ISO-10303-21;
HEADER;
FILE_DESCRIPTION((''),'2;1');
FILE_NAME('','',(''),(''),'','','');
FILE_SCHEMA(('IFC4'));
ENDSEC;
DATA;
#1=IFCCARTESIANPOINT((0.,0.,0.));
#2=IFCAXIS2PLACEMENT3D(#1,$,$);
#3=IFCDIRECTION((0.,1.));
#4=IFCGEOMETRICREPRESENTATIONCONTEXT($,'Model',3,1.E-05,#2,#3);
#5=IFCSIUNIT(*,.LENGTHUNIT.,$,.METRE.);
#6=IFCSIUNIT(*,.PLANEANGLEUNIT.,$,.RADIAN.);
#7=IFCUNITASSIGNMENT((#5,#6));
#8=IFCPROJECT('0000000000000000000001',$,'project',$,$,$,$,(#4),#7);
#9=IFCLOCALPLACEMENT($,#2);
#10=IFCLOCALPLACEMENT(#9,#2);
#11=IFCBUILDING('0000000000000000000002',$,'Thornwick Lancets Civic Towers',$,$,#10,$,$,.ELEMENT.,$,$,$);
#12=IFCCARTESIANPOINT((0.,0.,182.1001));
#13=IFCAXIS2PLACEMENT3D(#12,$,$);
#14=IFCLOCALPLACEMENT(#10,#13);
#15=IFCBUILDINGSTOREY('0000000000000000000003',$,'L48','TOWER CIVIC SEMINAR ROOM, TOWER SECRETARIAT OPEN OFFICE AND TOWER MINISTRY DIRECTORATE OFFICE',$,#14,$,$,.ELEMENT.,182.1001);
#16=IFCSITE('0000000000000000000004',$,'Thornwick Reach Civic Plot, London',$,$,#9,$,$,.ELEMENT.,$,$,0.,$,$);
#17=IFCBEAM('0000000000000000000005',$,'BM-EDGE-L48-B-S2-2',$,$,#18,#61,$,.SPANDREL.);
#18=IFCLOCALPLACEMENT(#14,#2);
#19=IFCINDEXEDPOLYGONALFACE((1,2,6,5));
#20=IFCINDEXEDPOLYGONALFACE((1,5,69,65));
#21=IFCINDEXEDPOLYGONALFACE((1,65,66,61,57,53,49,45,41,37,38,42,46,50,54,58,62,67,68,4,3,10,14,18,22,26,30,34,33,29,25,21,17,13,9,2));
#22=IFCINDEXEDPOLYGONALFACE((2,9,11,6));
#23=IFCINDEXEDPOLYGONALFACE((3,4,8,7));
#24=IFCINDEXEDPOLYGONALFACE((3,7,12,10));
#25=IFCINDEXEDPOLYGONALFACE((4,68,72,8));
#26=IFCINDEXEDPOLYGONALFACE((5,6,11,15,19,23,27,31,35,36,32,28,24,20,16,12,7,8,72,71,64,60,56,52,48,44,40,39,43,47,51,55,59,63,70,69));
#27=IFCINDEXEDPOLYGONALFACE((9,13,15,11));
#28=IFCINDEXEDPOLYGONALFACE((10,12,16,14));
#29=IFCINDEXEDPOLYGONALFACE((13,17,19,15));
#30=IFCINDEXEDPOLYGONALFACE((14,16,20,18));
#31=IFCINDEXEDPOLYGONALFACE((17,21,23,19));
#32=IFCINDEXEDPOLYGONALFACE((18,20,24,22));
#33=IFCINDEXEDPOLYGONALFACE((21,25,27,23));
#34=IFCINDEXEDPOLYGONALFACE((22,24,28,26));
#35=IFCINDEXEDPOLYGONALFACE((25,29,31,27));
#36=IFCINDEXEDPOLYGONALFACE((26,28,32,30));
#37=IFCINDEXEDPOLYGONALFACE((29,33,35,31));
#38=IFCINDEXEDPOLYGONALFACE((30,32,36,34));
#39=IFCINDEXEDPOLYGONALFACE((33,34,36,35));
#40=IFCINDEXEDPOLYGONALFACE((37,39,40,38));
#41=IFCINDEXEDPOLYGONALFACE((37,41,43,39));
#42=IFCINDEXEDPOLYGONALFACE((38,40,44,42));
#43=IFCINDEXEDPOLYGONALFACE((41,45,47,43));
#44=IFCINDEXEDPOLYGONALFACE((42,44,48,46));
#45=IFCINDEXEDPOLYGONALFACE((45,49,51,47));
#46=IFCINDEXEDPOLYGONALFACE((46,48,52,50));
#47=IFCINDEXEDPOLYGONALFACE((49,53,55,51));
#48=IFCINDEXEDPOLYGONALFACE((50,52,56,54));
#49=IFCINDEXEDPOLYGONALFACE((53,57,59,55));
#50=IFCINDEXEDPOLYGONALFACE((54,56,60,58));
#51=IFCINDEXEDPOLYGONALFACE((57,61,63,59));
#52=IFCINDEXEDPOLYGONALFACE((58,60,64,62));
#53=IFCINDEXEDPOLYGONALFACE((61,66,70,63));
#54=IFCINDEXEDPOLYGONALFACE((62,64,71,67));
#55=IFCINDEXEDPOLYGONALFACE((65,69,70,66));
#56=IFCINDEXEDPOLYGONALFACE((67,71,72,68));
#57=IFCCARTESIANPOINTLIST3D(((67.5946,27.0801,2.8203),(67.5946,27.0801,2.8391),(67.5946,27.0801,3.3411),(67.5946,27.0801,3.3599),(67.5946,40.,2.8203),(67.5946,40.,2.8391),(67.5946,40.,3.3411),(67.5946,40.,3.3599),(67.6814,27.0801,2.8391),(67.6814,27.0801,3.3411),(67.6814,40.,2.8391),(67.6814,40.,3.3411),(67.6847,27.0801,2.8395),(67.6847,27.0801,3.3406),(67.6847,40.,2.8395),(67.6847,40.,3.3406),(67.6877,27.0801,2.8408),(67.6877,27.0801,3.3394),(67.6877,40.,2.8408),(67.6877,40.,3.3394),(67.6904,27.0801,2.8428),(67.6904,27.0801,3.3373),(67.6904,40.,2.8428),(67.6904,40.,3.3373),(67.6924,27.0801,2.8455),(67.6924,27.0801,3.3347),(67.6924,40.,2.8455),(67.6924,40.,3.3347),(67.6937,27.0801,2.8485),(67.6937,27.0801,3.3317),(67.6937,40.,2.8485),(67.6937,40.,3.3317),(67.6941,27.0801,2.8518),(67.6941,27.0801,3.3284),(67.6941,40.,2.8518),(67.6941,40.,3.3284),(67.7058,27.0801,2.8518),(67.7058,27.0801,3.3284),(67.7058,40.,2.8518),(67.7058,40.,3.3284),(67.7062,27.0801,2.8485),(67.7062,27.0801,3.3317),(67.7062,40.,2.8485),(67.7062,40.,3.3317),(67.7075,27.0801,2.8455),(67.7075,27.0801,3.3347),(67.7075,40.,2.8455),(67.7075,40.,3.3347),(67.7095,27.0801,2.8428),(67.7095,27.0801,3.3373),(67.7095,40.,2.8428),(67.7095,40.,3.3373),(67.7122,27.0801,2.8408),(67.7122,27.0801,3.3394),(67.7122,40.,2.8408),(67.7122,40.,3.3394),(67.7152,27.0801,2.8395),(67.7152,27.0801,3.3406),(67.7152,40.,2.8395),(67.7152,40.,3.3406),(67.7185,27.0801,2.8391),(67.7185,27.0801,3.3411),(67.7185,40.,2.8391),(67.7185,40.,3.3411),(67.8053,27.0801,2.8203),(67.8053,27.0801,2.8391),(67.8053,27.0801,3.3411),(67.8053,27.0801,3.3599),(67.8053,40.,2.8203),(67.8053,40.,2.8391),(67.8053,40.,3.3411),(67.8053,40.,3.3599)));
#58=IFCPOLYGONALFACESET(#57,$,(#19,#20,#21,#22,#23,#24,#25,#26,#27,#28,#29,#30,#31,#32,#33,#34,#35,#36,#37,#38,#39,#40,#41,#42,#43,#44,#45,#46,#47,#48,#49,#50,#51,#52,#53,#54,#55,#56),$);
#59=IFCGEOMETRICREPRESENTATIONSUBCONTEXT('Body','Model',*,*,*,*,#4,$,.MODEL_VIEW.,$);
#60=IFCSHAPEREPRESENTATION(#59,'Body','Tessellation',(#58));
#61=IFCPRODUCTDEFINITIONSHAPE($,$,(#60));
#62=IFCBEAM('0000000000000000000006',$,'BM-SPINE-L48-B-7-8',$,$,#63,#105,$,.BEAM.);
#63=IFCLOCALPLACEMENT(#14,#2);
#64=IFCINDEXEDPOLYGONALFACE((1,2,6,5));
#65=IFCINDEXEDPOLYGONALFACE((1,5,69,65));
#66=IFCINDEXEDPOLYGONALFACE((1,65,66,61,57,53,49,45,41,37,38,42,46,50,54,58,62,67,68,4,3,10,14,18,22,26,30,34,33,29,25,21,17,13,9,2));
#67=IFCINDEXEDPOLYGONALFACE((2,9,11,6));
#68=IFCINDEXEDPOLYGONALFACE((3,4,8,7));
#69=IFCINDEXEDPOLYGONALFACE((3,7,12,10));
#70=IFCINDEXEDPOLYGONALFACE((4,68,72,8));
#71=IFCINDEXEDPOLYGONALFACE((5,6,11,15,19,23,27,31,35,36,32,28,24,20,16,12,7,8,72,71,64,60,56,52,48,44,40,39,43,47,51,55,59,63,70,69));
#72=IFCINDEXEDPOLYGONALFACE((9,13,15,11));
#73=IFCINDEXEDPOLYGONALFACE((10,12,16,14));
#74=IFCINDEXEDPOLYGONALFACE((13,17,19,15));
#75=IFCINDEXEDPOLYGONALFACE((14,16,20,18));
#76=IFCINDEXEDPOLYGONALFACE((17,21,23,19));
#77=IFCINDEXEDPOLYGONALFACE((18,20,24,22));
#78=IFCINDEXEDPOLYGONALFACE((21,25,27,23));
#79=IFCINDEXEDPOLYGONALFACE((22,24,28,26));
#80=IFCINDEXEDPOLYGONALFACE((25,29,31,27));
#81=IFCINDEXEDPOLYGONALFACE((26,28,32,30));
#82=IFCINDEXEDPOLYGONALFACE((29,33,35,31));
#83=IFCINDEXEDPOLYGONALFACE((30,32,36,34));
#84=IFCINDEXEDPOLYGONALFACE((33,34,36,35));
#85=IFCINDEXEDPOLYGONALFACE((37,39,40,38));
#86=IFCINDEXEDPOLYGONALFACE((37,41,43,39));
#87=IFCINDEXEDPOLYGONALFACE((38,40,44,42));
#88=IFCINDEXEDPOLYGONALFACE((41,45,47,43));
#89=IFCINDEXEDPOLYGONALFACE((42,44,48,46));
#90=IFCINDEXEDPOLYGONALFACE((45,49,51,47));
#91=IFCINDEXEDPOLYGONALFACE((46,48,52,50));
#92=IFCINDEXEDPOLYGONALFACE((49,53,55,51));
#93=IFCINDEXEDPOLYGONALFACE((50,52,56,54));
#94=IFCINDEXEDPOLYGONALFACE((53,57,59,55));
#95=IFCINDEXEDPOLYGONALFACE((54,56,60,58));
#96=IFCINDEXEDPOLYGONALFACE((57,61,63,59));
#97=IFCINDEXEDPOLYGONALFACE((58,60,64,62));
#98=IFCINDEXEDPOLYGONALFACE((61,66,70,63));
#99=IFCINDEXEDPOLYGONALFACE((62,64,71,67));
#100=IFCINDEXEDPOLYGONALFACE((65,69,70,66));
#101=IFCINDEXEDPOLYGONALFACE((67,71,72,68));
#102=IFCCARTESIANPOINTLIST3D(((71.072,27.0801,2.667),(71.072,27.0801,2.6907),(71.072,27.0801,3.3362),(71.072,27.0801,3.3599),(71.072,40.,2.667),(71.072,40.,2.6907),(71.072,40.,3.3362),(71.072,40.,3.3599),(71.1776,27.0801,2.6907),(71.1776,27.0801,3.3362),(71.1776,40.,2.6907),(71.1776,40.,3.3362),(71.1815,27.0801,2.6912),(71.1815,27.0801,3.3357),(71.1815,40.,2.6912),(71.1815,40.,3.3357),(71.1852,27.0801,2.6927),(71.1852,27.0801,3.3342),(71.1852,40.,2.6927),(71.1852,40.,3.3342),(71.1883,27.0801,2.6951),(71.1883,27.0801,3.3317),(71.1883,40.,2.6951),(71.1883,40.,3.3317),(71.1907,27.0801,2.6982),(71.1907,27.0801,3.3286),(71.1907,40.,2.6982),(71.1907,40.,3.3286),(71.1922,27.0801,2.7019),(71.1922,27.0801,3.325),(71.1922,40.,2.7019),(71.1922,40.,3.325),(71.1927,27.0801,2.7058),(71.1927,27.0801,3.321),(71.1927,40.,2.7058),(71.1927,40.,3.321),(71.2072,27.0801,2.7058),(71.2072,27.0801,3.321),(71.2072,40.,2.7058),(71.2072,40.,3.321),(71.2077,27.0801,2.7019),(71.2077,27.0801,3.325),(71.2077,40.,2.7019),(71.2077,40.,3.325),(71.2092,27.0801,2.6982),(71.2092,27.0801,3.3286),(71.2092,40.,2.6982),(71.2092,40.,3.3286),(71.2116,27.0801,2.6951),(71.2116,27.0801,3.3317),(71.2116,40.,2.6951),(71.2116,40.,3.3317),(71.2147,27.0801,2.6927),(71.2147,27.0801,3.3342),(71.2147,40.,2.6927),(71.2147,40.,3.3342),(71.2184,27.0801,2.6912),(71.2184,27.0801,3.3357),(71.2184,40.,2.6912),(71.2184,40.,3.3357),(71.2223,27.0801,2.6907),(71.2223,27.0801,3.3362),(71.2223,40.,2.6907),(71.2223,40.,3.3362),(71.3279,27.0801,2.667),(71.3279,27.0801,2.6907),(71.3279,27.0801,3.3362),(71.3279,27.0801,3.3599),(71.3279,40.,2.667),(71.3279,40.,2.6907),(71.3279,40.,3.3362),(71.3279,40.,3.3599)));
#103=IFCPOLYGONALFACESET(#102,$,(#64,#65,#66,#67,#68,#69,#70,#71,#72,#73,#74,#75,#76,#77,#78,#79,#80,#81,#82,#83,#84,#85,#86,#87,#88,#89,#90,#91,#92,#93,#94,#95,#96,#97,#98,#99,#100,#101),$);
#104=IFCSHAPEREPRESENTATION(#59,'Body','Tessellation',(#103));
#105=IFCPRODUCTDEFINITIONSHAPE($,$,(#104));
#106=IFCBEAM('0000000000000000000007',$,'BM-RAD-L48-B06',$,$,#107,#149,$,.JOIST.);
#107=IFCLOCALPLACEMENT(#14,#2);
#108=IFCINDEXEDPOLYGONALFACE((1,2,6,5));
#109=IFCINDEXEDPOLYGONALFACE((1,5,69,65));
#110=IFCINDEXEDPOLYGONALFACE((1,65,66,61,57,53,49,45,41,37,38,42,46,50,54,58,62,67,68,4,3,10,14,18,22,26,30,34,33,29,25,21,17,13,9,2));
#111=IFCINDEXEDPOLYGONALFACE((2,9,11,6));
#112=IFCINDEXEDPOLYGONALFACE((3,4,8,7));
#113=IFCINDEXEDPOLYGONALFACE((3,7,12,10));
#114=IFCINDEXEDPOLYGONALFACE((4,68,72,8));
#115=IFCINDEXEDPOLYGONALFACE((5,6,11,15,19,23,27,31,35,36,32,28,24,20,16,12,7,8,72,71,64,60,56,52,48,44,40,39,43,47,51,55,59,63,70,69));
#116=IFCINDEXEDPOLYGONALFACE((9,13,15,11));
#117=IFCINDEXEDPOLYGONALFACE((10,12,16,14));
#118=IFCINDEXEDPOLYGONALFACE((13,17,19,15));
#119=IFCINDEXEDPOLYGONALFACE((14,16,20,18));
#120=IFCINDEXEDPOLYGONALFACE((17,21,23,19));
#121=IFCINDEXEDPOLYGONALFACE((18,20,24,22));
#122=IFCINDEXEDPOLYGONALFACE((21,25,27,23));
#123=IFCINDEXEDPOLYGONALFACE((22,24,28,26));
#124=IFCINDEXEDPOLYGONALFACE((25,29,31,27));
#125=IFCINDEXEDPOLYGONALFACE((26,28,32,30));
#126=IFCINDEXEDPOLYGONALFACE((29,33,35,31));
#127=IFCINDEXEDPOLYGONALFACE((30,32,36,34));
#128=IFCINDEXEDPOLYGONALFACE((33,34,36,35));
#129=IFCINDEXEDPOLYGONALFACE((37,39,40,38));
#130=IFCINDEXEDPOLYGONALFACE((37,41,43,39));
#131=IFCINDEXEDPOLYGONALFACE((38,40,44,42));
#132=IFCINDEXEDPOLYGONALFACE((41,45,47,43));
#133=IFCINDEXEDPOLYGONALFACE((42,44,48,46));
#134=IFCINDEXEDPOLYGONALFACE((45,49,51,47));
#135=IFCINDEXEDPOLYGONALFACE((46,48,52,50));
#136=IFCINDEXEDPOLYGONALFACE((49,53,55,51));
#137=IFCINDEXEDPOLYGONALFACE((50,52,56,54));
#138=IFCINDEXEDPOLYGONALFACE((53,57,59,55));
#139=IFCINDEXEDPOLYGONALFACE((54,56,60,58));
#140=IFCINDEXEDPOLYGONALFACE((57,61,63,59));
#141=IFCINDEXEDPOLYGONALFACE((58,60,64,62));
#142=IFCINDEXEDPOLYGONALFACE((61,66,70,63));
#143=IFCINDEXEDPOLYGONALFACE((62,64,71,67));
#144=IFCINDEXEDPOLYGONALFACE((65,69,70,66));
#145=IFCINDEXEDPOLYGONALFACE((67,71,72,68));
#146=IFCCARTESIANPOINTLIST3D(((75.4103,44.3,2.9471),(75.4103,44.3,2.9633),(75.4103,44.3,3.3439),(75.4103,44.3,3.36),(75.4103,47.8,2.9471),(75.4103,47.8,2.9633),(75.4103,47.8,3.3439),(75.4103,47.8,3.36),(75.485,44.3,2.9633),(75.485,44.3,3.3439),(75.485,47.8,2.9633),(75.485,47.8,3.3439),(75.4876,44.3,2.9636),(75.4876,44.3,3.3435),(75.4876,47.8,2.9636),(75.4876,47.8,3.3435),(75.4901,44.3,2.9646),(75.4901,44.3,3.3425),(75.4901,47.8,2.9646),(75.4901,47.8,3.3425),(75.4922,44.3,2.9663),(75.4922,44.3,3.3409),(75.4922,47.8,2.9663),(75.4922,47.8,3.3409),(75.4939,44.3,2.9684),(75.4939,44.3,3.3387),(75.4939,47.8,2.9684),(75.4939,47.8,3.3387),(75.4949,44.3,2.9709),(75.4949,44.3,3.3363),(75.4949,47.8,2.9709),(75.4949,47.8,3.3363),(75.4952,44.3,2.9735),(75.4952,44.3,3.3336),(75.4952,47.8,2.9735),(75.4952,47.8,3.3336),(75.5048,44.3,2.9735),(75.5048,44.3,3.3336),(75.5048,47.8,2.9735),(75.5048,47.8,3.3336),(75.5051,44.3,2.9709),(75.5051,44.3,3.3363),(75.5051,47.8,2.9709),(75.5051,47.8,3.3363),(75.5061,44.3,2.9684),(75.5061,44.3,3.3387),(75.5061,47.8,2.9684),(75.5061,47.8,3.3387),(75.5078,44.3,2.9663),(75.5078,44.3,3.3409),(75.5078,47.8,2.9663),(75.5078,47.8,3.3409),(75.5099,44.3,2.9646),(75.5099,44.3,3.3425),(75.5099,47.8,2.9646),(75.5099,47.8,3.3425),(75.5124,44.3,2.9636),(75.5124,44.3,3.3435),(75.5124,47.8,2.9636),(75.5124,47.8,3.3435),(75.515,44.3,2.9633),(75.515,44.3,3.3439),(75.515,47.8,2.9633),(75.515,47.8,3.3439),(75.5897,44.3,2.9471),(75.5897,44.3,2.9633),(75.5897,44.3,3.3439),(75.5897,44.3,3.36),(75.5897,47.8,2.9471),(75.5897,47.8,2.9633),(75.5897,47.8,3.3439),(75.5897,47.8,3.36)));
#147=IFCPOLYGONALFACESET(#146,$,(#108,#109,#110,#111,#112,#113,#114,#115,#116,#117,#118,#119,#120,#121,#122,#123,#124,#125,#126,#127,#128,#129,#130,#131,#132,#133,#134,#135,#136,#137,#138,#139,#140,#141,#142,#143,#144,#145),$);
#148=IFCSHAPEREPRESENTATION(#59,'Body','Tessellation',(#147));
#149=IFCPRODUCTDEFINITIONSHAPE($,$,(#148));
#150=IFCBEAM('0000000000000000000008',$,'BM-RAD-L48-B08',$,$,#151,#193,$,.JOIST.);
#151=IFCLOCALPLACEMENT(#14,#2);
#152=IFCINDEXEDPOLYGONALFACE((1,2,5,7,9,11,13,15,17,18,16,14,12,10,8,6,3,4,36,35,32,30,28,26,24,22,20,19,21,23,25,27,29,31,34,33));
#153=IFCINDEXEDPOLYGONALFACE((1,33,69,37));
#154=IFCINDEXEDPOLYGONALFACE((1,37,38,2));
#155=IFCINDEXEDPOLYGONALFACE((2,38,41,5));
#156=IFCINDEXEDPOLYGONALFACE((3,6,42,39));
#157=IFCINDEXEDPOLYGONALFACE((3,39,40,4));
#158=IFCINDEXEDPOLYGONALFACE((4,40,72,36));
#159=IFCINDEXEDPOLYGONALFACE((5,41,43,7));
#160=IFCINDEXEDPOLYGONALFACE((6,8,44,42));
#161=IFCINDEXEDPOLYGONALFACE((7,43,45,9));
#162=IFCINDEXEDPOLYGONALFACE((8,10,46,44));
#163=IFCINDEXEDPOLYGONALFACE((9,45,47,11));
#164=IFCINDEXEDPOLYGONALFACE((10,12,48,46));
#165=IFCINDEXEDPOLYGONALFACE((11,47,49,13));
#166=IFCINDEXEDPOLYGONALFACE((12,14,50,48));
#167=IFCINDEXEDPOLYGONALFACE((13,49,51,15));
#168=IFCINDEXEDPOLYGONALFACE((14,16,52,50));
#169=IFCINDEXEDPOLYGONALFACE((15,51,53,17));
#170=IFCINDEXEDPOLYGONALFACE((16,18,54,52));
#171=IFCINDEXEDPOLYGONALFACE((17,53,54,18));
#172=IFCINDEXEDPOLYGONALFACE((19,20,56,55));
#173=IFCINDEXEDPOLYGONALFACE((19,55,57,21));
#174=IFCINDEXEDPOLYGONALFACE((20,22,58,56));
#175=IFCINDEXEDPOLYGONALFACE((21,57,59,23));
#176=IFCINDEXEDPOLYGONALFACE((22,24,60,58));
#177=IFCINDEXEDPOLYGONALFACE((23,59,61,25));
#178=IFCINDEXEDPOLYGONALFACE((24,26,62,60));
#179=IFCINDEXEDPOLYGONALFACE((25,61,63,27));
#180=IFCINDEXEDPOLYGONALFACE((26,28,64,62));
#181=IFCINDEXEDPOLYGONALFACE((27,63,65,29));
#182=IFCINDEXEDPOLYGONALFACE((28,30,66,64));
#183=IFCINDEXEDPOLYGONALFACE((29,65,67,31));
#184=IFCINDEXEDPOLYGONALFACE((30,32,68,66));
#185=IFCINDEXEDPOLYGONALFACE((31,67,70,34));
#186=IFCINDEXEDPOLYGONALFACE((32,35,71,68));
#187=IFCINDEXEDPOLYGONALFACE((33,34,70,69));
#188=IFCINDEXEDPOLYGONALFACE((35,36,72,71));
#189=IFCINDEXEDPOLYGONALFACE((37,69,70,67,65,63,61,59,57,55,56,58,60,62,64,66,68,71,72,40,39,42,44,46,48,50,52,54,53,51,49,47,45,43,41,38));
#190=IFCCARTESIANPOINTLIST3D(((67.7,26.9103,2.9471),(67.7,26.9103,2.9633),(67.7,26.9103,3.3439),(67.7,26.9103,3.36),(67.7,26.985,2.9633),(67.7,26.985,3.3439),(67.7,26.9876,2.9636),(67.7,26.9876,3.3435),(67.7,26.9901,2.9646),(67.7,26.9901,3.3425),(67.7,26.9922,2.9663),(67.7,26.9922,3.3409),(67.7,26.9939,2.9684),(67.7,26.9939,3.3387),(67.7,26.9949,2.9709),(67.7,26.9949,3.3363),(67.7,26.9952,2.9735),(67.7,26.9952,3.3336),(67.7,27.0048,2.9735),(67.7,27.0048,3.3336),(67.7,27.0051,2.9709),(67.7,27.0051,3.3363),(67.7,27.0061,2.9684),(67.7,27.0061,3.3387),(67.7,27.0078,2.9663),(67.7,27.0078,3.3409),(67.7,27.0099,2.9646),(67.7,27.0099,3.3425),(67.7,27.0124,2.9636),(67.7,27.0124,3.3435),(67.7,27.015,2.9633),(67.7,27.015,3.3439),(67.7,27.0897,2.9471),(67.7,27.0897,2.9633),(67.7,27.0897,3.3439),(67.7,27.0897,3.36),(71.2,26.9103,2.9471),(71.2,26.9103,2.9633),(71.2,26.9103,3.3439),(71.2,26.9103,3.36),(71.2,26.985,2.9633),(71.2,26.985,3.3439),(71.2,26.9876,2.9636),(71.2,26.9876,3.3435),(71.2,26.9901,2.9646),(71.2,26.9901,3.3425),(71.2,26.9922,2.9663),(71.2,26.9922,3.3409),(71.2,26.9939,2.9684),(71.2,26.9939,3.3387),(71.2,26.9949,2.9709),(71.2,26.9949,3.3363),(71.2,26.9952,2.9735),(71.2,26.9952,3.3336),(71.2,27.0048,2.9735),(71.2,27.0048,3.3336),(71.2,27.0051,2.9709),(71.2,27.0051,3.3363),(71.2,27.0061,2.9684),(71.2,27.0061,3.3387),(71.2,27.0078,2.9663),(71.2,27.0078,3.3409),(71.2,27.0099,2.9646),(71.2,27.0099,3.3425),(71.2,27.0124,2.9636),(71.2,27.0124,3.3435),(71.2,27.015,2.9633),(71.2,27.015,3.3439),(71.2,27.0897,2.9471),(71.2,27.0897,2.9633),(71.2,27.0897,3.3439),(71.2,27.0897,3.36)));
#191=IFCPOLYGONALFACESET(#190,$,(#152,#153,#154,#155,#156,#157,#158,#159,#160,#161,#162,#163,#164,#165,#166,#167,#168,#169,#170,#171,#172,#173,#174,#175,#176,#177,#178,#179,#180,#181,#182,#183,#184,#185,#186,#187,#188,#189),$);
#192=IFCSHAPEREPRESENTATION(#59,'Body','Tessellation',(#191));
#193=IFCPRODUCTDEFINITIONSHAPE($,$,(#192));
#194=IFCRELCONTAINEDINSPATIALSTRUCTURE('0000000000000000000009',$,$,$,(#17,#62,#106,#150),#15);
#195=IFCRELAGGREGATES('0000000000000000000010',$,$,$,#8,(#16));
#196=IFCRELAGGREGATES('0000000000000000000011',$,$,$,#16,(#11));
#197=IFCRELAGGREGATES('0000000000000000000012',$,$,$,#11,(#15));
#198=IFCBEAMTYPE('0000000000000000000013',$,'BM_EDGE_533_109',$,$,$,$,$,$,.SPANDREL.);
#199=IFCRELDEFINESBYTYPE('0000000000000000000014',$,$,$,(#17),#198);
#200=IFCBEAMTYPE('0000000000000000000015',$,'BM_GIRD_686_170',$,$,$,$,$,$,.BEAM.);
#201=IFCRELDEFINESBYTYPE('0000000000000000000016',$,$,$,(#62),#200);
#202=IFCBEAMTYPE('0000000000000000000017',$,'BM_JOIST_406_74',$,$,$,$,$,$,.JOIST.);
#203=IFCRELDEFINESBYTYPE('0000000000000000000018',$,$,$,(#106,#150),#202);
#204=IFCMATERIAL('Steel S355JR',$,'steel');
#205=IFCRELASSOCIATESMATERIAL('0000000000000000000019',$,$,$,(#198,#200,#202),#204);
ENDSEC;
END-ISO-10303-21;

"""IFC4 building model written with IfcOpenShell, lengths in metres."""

from ifc_helpers import new_model, si_unit, direction, frame, origin, origin_2d, place, context, subcontext, project, spatial, i_section, extrude, material, material_profile, profile_set, type_object, element, save


model = new_model("IFC4")

# Units and contexts
model_context = context("Model", 3, precision=1e-05, world=origin(), true_north=direction((0.0, 1.0)))
body_context = subcontext(model_context, "Body", "Model", "MODEL_VIEW")
ifc_project = project(units=[si_unit("LENGTHUNIT", "METRE"), si_unit("PLANEANGLEUNIT", "RADIAN")], contexts=[model_context])

# Site, building, storey
site_placement = place(None, origin())
site = spatial("IfcSite", under=ifc_project, at=site_placement, Name="Thornwick Reach Civic Plot, London", CompositionType="ELEMENT", RefElevation=0.0)
building_placement = place(site_placement, origin())
building = spatial("IfcBuilding", under=site, at=building_placement, Name="Thornwick Lancets Civic Towers", CompositionType="ELEMENT")
storey_placement = place(building_placement, frame((0.0, 0.0, 182.1001)))
storey = spatial("IfcBuildingStorey", under=building, at=storey_placement, Name="L48", Description="TOWER CIVIC SEMINAR ROOM, TOWER SECRETARIAT OPEN OFFICE AND TOWER MINISTRY DIRECTORATE OFFICE", CompositionType="ELEMENT", Elevation=182.1001)

# Beams
ifc_material_1 = material(Name="Steel S355JR", Category="steel")
ifc_material_profile_1 = material_profile(ifc_material_1, i_section(OverallWidth=0.2107, OverallDepth=0.5396, WebThickness=0.0117, FlangeThickness=0.0188, FilletRadius=0.0127, at=origin_2d()), Name="UKB 533x210x109")
ifc_profile_set_1 = profile_set([ifc_material_profile_1], Name="Steel S355JR")
beam_type_1 = type_object("IfcBeamType", Name="BM_EDGE_533_109", PredefinedType="SPANDREL", material=ifc_profile_set_1)
beam_1_placement = place(storey_placement, frame((67.7, 27.0801, 3.0901), z_axis=(0.0, 1.0, 0.0), x_axis=(-1.0, 0.0, 0.0)))
element("IfcBeam", 1, at=beam_1_placement, inside=storey, type_object=beam_type_1, Name="BM-EDGE-L48-B-S2-2", PredefinedType="SPANDREL", context=body_context, shape_type="SweptSolid", body=[
    extrude(i_section(OverallWidth=0.2107, OverallDepth=0.5396, WebThickness=0.0117, FlangeThickness=0.0188, FilletRadius=0.0127, at=origin_2d()), origin(), (0.0, 0.0, 1.0), 12.9199),
])
ifc_material_profile_2 = material_profile(ifc_material_1, i_section(OverallWidth=0.2559, OverallDepth=0.6929, WebThickness=0.0144, FlangeThickness=0.0237, FilletRadius=0.0151, at=origin_2d()), Name="UKB 686x254x170")
ifc_profile_set_2 = profile_set([ifc_material_profile_2], Name="Steel S355JR")
beam_type_2 = type_object("IfcBeamType", Name="BM_GIRD_686_170", PredefinedType="BEAM", material=ifc_profile_set_2)
beam_2_placement = place(storey_placement, frame((71.2, 27.0801, 3.0134), z_axis=(0.0, 1.0, 0.0), x_axis=(-1.0, 0.0, 0.0)))
element("IfcBeam", 2, at=beam_2_placement, inside=storey, type_object=beam_type_2, Name="BM-SPINE-L48-B-7-8", PredefinedType="BEAM", context=body_context, shape_type="SweptSolid", body=[
    extrude(i_section(OverallWidth=0.2559, OverallDepth=0.6929, WebThickness=0.0144, FlangeThickness=0.0237, FilletRadius=0.0151, at=origin_2d()), origin(), (0.0, 0.0, 1.0), 12.9199),
])
ifc_material_profile_3 = material_profile(ifc_material_1, i_section(OverallWidth=0.1794, OverallDepth=0.4128, WebThickness=0.0095, FlangeThickness=0.0161, FilletRadius=0.0103, at=origin_2d()), Name="UKB 406x178x74")
ifc_profile_set_3 = profile_set([ifc_material_profile_3], Name="Steel S355JR")
beam_type_3 = type_object("IfcBeamType", Name="BM_JOIST_406_74", PredefinedType="JOIST", material=ifc_profile_set_3)
for number, where, z_axis, x_axis, name in (
    (3, (75.5, 44.3, 3.1536), (0.0, 1.0, 0.0), (-1.0, 0.0, 0.0), "BM-RAD-L48-B06"),
    (4, (71.2, 27.0, 3.1536), (-1.0, 0.0, 0.0), (0.0, -1.0, 0.0), "BM-RAD-L48-B08"),
):
    element("IfcBeam", number, at=place(storey_placement, frame(where, z_axis=z_axis, x_axis=x_axis)), inside=storey, type_object=beam_type_3, Name=name, PredefinedType="JOIST", context=body_context, shape_type="SweptSolid", body=[
        extrude(i_section(OverallWidth=0.1794, OverallDepth=0.4128, WebThickness=0.0095, FlangeThickness=0.0161, FilletRadius=0.0103, at=origin_2d()), origin(), (0.0, 0.0, 1.0), 3.5),
    ])

save(model, "model.ifc")
